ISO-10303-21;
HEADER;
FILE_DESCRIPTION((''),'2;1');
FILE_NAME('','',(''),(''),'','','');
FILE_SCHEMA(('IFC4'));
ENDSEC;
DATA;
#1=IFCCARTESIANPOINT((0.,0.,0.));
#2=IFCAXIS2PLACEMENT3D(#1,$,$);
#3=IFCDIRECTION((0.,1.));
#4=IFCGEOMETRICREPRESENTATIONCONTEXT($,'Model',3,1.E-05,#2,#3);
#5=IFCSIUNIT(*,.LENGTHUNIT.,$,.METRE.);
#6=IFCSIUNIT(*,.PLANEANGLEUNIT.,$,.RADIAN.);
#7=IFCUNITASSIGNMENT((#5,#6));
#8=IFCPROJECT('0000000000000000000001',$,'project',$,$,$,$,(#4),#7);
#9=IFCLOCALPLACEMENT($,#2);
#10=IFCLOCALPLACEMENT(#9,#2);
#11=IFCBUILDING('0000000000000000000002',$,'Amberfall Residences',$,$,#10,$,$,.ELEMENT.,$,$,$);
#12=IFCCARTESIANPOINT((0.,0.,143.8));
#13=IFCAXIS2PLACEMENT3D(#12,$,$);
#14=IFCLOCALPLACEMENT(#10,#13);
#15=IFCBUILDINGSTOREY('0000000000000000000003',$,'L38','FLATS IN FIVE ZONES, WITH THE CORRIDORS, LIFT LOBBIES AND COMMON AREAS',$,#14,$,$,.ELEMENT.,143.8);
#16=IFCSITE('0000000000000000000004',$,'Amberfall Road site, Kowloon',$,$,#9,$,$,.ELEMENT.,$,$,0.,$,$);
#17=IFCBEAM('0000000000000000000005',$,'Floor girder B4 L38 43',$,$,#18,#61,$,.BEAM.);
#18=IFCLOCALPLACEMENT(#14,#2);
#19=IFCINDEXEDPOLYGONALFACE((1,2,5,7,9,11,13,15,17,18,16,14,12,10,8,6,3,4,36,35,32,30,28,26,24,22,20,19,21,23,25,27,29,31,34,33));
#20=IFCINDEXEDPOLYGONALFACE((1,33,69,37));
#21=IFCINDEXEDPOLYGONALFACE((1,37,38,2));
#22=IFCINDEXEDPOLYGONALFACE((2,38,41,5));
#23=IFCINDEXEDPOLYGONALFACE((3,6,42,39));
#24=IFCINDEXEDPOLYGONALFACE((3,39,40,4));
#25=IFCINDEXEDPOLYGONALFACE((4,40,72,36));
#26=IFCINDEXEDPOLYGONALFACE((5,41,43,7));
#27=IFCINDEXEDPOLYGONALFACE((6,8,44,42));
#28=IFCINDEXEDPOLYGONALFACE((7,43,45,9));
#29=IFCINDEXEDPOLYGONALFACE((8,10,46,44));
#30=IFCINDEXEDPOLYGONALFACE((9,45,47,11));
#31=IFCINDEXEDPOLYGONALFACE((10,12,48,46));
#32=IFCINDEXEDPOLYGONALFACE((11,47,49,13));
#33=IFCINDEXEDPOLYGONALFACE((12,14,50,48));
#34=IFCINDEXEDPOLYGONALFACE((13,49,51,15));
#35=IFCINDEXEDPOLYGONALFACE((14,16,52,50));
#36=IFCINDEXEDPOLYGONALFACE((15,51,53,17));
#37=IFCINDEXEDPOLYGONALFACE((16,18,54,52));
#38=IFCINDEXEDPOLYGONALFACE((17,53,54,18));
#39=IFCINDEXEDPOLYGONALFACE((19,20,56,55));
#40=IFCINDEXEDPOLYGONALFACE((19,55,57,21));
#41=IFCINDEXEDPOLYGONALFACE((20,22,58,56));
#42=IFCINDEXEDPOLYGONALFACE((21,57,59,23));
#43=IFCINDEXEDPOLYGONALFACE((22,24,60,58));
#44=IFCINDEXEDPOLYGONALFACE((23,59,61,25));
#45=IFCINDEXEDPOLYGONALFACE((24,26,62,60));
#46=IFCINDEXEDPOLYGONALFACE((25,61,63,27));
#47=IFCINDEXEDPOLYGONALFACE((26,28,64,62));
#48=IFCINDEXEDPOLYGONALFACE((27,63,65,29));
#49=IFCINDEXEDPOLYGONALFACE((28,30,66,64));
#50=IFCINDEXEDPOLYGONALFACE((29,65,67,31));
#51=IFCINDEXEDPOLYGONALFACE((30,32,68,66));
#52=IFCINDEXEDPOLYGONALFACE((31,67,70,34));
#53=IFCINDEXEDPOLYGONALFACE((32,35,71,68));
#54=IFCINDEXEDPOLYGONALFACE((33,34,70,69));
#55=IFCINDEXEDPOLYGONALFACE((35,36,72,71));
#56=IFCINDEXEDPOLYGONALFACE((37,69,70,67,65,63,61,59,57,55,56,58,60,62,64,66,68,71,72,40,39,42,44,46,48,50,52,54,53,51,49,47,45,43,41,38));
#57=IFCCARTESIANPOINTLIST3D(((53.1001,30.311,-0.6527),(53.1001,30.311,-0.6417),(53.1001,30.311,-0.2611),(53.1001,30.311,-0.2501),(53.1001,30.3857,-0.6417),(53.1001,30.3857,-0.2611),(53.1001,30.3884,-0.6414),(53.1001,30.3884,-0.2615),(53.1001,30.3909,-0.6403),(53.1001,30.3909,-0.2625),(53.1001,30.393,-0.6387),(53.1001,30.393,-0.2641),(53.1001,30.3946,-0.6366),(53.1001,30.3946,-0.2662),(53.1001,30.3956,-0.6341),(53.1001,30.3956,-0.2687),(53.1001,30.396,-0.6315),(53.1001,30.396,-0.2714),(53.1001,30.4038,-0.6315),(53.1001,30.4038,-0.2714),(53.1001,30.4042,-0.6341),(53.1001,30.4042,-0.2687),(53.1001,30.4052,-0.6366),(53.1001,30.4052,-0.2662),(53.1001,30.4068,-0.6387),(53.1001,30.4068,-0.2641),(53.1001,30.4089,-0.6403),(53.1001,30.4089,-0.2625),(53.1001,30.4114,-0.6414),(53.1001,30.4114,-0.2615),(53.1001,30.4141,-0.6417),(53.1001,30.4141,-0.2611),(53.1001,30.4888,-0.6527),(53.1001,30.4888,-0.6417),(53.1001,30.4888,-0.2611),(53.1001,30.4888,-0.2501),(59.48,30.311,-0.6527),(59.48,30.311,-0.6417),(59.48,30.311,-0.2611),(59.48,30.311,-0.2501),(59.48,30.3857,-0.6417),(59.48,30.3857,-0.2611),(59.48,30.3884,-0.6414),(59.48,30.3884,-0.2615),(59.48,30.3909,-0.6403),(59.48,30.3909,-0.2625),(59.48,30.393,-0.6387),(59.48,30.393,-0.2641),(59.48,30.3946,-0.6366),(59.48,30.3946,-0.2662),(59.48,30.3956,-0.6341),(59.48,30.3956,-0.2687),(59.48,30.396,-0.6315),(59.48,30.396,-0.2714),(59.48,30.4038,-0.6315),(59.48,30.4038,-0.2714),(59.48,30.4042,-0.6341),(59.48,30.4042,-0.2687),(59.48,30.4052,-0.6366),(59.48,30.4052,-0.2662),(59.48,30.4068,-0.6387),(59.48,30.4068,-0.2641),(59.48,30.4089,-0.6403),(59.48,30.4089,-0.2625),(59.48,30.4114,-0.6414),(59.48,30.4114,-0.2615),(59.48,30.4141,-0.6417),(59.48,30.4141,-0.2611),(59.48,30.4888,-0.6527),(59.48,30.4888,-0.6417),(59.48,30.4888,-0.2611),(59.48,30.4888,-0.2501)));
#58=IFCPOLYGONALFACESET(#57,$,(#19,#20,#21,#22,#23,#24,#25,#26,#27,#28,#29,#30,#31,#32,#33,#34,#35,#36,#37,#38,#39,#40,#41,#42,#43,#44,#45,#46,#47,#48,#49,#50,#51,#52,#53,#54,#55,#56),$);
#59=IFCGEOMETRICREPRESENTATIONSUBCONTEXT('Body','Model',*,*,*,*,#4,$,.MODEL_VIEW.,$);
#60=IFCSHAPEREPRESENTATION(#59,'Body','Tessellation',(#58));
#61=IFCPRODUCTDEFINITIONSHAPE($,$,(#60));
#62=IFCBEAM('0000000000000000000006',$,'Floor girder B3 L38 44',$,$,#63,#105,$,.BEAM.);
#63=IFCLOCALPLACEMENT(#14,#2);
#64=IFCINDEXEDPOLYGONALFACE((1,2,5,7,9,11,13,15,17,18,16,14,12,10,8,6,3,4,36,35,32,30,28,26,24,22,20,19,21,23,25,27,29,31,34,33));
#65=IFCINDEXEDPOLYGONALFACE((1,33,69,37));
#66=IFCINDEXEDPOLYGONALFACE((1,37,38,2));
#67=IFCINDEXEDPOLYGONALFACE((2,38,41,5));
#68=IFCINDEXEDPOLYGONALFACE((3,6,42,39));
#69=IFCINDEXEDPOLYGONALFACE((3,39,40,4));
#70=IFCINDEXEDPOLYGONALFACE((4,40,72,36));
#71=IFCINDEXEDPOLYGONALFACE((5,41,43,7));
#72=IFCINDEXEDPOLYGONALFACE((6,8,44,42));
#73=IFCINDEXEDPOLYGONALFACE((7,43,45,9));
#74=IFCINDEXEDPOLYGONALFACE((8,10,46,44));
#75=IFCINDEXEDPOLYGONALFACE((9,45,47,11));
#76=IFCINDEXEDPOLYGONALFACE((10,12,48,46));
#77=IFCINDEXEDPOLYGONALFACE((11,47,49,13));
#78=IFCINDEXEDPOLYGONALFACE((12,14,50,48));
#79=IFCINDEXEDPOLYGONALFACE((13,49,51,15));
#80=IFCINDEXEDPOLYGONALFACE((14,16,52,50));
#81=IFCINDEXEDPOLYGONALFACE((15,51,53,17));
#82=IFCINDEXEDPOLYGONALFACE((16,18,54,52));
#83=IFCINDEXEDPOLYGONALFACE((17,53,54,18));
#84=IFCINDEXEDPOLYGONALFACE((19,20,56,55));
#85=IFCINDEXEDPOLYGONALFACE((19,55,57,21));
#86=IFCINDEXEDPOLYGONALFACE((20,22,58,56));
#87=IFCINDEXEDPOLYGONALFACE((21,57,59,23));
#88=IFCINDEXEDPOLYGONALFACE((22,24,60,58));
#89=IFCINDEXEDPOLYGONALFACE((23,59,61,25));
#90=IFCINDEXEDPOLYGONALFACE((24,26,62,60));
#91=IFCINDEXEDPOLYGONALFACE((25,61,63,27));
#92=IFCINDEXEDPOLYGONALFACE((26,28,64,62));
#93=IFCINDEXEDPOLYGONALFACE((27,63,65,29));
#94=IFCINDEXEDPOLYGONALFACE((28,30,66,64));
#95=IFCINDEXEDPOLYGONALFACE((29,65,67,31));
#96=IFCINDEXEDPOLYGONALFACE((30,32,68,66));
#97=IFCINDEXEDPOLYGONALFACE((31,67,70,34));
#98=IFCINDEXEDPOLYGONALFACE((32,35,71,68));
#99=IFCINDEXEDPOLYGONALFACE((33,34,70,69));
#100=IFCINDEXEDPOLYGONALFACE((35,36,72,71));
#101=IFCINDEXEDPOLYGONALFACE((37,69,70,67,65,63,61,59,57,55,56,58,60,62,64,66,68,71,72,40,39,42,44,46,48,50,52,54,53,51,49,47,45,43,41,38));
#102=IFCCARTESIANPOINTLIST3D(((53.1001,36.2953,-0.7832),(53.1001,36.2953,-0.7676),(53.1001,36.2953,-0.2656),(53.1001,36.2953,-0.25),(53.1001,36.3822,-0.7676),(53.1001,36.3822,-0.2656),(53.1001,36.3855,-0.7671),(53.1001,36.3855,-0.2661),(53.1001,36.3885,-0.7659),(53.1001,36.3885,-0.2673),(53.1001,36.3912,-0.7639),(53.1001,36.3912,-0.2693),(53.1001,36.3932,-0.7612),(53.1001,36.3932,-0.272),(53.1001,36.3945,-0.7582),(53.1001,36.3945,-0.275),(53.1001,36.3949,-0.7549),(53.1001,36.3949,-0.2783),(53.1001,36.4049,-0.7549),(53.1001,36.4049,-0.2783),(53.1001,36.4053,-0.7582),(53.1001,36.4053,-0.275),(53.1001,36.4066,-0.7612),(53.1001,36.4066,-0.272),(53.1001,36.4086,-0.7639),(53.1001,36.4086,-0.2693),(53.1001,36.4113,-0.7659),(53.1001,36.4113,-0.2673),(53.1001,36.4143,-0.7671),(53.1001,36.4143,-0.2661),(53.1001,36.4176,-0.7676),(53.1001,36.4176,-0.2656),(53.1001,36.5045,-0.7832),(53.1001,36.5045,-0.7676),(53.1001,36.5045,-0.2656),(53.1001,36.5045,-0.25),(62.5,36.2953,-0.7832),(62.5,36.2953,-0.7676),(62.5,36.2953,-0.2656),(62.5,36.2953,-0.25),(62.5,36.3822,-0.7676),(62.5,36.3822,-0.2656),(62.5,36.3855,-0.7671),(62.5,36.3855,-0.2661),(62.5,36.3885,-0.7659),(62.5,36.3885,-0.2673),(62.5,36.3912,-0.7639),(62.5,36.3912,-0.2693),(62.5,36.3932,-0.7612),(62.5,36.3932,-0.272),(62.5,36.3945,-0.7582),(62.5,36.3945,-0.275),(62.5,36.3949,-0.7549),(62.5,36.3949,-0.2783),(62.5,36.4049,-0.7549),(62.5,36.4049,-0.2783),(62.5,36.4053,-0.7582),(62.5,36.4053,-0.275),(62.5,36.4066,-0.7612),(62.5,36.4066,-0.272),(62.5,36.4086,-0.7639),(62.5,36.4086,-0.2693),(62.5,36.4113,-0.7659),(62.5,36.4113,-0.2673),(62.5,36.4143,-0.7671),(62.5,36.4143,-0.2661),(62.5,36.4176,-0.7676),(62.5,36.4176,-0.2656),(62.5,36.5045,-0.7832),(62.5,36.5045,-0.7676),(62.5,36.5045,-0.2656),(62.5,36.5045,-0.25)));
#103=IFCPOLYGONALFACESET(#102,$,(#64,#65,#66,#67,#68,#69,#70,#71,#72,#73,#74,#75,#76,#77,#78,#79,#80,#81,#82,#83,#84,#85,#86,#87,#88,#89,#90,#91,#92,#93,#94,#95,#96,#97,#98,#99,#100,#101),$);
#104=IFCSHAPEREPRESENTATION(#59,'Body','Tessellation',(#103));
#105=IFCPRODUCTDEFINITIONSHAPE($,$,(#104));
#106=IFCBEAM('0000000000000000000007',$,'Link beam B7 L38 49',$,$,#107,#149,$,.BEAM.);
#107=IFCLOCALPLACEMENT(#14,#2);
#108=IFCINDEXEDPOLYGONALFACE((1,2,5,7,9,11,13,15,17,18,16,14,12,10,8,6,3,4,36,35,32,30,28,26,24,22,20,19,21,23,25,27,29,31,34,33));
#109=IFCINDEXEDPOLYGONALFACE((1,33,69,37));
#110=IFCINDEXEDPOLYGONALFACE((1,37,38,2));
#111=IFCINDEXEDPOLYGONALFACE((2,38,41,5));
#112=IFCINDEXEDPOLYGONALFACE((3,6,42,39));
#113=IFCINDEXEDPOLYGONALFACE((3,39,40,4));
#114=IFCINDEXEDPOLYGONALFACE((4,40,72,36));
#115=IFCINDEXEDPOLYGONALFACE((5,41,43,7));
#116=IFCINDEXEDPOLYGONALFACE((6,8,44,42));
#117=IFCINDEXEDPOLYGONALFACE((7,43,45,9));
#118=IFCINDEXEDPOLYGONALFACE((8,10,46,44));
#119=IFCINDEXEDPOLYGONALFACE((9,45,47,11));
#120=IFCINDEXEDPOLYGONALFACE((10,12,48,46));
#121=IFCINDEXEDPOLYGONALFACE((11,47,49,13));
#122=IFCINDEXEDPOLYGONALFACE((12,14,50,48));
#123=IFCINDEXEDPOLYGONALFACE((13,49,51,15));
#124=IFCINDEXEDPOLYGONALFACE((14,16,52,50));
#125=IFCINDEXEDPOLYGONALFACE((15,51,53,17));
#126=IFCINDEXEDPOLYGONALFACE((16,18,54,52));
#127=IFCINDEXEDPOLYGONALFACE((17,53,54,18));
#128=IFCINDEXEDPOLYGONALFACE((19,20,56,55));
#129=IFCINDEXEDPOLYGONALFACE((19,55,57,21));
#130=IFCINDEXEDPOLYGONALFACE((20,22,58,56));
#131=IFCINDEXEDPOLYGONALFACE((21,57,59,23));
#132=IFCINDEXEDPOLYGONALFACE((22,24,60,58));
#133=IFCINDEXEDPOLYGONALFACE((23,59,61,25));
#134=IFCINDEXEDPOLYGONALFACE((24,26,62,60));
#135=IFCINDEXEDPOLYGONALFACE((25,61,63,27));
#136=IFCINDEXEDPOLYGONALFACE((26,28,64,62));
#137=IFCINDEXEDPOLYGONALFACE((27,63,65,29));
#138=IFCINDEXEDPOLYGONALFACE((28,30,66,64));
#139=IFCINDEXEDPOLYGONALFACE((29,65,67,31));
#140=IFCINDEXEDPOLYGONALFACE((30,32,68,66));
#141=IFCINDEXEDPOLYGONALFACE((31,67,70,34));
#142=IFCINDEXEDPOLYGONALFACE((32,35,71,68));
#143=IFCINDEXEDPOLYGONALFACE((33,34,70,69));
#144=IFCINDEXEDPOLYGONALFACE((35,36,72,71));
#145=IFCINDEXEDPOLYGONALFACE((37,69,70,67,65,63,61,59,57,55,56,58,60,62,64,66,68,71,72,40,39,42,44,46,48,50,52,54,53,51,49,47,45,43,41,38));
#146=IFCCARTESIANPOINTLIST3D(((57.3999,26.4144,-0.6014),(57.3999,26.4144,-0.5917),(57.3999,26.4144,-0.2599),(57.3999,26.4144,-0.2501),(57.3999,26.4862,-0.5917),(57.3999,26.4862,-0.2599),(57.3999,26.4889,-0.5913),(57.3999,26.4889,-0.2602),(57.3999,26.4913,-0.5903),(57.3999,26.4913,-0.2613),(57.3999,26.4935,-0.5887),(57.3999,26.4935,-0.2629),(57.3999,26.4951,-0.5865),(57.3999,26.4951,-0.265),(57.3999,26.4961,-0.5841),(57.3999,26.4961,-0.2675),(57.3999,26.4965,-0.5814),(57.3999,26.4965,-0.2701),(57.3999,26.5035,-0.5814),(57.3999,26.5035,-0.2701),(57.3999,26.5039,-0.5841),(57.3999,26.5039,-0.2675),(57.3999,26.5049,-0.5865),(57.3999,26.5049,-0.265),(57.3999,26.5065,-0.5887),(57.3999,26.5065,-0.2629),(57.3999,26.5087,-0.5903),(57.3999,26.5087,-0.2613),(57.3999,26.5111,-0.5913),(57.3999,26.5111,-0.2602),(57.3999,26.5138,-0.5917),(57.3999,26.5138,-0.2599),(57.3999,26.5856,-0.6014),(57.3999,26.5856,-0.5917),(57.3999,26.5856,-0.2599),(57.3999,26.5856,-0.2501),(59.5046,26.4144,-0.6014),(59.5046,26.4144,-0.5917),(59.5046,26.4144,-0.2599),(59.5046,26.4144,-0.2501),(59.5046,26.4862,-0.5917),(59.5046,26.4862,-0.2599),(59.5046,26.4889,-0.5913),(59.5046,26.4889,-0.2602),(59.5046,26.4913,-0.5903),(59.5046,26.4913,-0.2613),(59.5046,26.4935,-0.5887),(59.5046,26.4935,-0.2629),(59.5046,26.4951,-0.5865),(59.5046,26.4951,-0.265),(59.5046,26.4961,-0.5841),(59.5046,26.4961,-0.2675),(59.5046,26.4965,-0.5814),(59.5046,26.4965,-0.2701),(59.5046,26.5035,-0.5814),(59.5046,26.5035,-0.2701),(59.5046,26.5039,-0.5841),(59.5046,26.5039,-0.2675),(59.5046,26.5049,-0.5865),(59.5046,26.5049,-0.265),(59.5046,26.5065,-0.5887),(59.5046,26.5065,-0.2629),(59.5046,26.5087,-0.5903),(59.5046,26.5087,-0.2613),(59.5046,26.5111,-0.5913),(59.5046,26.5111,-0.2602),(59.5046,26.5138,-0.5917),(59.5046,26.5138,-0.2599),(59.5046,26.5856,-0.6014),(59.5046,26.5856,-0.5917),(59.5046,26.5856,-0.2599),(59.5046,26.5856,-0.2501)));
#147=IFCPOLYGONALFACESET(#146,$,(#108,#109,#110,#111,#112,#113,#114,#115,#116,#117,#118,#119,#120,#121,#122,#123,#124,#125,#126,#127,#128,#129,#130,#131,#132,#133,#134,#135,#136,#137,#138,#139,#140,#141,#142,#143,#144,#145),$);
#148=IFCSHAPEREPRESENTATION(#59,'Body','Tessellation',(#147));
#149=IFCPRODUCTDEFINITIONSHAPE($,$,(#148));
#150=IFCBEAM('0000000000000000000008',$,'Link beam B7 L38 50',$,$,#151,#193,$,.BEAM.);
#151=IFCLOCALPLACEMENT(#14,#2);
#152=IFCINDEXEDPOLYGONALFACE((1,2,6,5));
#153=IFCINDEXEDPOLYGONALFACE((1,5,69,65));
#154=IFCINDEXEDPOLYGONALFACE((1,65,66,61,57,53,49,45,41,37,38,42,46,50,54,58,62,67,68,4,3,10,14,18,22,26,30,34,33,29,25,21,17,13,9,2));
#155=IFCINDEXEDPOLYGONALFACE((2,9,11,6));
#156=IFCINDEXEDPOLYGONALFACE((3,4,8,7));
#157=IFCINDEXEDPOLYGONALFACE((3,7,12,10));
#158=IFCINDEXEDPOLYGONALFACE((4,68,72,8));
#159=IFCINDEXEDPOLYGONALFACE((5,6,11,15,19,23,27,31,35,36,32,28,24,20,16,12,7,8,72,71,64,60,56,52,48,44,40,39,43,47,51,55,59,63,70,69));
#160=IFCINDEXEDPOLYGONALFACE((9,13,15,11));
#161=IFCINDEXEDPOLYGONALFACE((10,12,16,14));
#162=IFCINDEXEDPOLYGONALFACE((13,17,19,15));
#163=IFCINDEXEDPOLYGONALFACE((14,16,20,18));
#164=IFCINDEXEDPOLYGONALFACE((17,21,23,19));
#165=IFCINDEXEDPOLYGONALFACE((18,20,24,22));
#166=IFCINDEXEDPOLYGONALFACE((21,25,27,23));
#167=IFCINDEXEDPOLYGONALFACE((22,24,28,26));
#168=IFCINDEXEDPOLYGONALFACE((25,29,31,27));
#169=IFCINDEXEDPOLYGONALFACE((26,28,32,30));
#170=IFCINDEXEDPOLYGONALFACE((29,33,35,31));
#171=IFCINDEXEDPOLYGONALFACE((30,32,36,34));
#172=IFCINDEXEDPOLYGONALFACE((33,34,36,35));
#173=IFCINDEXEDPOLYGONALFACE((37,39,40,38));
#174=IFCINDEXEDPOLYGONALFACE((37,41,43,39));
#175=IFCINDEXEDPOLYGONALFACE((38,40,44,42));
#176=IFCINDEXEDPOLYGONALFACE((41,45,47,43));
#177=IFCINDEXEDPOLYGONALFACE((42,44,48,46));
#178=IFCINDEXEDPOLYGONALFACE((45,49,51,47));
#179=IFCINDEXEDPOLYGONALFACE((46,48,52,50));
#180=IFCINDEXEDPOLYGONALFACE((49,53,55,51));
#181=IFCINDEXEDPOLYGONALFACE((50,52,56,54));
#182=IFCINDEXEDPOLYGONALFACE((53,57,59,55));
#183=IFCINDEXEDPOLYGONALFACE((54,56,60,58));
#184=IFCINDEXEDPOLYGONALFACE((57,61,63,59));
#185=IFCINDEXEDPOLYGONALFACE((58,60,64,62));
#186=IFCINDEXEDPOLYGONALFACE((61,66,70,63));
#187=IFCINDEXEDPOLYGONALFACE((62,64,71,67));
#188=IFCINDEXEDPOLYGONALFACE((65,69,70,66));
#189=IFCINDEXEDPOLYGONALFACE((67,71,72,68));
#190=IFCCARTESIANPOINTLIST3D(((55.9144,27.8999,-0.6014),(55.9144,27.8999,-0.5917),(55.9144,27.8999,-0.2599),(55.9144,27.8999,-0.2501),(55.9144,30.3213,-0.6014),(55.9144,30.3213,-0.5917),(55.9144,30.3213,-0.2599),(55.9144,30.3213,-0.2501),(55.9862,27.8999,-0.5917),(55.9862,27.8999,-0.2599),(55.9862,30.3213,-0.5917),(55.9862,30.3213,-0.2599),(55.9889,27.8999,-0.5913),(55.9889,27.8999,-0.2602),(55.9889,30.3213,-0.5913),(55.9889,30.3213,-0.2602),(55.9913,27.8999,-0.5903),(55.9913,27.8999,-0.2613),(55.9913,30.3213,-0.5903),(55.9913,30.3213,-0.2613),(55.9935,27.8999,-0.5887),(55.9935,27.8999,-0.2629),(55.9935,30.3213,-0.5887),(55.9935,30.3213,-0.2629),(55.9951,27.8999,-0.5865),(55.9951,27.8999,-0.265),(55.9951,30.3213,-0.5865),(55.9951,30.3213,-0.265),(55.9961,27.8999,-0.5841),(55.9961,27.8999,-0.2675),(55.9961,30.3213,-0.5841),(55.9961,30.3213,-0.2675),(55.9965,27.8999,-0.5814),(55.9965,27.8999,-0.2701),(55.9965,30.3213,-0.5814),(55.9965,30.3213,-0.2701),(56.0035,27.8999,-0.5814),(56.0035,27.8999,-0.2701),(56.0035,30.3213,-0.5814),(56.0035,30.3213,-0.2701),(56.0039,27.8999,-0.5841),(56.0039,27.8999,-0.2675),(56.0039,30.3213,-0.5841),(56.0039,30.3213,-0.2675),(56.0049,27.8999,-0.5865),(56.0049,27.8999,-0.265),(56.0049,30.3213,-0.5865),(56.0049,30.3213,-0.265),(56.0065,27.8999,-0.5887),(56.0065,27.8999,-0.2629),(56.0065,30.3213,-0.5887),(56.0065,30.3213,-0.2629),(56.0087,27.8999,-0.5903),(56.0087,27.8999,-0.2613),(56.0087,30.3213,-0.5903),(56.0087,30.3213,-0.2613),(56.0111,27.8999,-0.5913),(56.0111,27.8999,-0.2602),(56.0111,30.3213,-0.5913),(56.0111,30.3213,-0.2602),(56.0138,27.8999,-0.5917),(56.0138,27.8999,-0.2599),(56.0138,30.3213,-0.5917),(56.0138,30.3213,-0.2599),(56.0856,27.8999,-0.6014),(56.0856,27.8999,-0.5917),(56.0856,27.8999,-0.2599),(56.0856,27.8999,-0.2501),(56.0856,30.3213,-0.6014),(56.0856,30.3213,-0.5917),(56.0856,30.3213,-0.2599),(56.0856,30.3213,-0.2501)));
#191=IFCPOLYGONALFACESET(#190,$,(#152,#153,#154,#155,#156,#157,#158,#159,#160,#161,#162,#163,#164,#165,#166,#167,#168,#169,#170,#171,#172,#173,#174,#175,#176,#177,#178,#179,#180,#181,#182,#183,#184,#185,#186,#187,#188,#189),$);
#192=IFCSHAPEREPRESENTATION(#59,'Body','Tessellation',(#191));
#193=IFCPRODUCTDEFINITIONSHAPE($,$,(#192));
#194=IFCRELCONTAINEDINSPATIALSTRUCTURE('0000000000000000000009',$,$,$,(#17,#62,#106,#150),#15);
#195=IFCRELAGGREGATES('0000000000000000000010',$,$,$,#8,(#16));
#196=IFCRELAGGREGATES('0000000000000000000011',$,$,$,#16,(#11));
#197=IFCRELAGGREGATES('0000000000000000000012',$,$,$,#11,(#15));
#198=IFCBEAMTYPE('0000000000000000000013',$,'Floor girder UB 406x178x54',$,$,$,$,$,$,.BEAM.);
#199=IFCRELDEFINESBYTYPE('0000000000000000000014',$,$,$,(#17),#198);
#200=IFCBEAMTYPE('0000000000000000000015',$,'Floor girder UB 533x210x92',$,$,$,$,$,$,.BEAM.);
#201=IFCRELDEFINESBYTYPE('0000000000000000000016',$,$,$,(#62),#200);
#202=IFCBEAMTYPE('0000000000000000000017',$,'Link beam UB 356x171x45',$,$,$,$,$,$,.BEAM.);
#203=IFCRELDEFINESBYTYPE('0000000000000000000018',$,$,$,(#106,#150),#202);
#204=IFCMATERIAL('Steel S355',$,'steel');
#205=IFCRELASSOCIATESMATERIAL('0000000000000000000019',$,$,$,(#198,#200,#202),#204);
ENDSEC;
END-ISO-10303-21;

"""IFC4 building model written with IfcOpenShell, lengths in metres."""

from ifc_helpers import new_model, si_unit, direction, frame, origin, origin_2d, place, context, subcontext, project, spatial, i_section, extrude, material, material_profile, profile_set, type_object, element, save


model = new_model("IFC4")

# Units and contexts
model_context = context("Model", 3, precision=1e-05, world=origin(), true_north=direction((0.0, 1.0)))
body_context = subcontext(model_context, "Body", "Model", "MODEL_VIEW")
ifc_project = project(units=[si_unit("LENGTHUNIT", "METRE"), si_unit("PLANEANGLEUNIT", "RADIAN")], contexts=[model_context])

# Site, building, storey
site_placement = place(None, origin())
site = spatial("IfcSite", under=ifc_project, at=site_placement, Name="Amberfall Road site, Kowloon", CompositionType="ELEMENT", RefElevation=0.0)
building_placement = place(site_placement, origin())
building = spatial("IfcBuilding", under=site, at=building_placement, Name="Amberfall Residences", CompositionType="ELEMENT")
storey_placement = place(building_placement, frame((0.0, 0.0, 143.8)))
storey = spatial("IfcBuildingStorey", under=building, at=storey_placement, Name="L38", Description="FLATS IN FIVE ZONES, WITH THE CORRIDORS, LIFT LOBBIES AND COMMON AREAS", CompositionType="ELEMENT", Elevation=143.8)

# Beams
ifc_material_1 = material(Name="Steel S355", Category="steel")
ifc_material_profile_1 = material_profile(ifc_material_1, i_section(OverallWidth=0.1777, OverallDepth=0.4026, WebThickness=0.0078, FlangeThickness=0.011, FilletRadius=0.0103, at=origin_2d()), Name="UB 406x178x54")
ifc_profile_set_1 = profile_set([ifc_material_profile_1], Name="Steel S355")
beam_type_1 = type_object("IfcBeamType", Name="Floor girder UB 406x178x54", PredefinedType="BEAM", material=ifc_profile_set_1)
beam_1_placement = place(storey_placement, frame((53.1001, 30.3999, -0.4514), z_axis=(1.0, 0.0, 0.0), x_axis=(0.0, 1.0, 0.0)))
element("IfcBeam", 1, at=beam_1_placement, inside=storey, type_object=beam_type_1, Name="Floor girder B4 L38 43", PredefinedType="BEAM", context=body_context, shape_type="SweptSolid", body=[
    extrude(i_section(OverallWidth=0.1777, OverallDepth=0.4026, WebThickness=0.0078, FlangeThickness=0.011, FilletRadius=0.0103, at=origin_2d()), origin(), (0.0, 0.0, 1.0), 6.3799),
])
ifc_material_profile_2 = material_profile(ifc_material_1, i_section(OverallWidth=0.2092, OverallDepth=0.5332, WebThickness=0.01, FlangeThickness=0.0156, FilletRadius=0.0127, at=origin_2d()), Name="UB 533x210x92")
ifc_profile_set_2 = profile_set([ifc_material_profile_2], Name="Steel S355")
beam_type_2 = type_object("IfcBeamType", Name="Floor girder UB 533x210x92", PredefinedType="BEAM", material=ifc_profile_set_2)
beam_2_placement = place(storey_placement, frame((53.1001, 36.3999, -0.5166), z_axis=(1.0, 0.0, 0.0), x_axis=(0.0, 1.0, 0.0)))
element("IfcBeam", 2, at=beam_2_placement, inside=storey, type_object=beam_type_2, Name="Floor girder B3 L38 44", PredefinedType="BEAM", context=body_context, shape_type="SweptSolid", body=[
    extrude(i_section(OverallWidth=0.2092, OverallDepth=0.5332, WebThickness=0.01, FlangeThickness=0.0156, FilletRadius=0.0127, at=origin_2d()), origin(), (0.0, 0.0, 1.0), 9.3999),
])
ifc_material_profile_3 = material_profile(ifc_material_1, i_section(OverallWidth=0.1711, OverallDepth=0.3513, WebThickness=0.0071, FlangeThickness=0.0098, FilletRadius=0.0103, at=origin_2d()), Name="UB 356x171x45")
ifc_profile_set_3 = profile_set([ifc_material_profile_3], Name="Steel S355")
beam_type_3 = type_object("IfcBeamType", Name="Link beam UB 356x171x45", PredefinedType="BEAM", material=ifc_profile_set_3)
beam_3_placement = place(storey_placement, frame((57.3999, 26.5, -0.4258), z_axis=(1.0, 0.0, 0.0), x_axis=(0.0, 1.0, 0.0)))
element("IfcBeam", 3, at=beam_3_placement, inside=storey, type_object=beam_type_3, Name="Link beam B7 L38 49", PredefinedType="BEAM", context=body_context, shape_type="SweptSolid", body=[
    extrude(i_section(OverallWidth=0.1711, OverallDepth=0.3513, WebThickness=0.0071, FlangeThickness=0.0098, FilletRadius=0.0103, at=origin_2d()), origin(), (0.0, 0.0, 1.0), 2.1047),
])
beam_4_placement = place(storey_placement, frame((56.0, 27.8999, -0.4258), z_axis=(0.0, 1.0, 0.0), x_axis=(-1.0, 0.0, 0.0)))
element("IfcBeam", 4, at=beam_4_placement, inside=storey, type_object=beam_type_3, Name="Link beam B7 L38 50", PredefinedType="BEAM", context=body_context, shape_type="SweptSolid", body=[
    extrude(i_section(OverallWidth=0.1711, OverallDepth=0.3513, WebThickness=0.0071, FlangeThickness=0.0098, FilletRadius=0.0103, at=origin_2d()), origin(), (0.0, 0.0, 1.0), 2.4214),
])

save(model, "model.ifc")
